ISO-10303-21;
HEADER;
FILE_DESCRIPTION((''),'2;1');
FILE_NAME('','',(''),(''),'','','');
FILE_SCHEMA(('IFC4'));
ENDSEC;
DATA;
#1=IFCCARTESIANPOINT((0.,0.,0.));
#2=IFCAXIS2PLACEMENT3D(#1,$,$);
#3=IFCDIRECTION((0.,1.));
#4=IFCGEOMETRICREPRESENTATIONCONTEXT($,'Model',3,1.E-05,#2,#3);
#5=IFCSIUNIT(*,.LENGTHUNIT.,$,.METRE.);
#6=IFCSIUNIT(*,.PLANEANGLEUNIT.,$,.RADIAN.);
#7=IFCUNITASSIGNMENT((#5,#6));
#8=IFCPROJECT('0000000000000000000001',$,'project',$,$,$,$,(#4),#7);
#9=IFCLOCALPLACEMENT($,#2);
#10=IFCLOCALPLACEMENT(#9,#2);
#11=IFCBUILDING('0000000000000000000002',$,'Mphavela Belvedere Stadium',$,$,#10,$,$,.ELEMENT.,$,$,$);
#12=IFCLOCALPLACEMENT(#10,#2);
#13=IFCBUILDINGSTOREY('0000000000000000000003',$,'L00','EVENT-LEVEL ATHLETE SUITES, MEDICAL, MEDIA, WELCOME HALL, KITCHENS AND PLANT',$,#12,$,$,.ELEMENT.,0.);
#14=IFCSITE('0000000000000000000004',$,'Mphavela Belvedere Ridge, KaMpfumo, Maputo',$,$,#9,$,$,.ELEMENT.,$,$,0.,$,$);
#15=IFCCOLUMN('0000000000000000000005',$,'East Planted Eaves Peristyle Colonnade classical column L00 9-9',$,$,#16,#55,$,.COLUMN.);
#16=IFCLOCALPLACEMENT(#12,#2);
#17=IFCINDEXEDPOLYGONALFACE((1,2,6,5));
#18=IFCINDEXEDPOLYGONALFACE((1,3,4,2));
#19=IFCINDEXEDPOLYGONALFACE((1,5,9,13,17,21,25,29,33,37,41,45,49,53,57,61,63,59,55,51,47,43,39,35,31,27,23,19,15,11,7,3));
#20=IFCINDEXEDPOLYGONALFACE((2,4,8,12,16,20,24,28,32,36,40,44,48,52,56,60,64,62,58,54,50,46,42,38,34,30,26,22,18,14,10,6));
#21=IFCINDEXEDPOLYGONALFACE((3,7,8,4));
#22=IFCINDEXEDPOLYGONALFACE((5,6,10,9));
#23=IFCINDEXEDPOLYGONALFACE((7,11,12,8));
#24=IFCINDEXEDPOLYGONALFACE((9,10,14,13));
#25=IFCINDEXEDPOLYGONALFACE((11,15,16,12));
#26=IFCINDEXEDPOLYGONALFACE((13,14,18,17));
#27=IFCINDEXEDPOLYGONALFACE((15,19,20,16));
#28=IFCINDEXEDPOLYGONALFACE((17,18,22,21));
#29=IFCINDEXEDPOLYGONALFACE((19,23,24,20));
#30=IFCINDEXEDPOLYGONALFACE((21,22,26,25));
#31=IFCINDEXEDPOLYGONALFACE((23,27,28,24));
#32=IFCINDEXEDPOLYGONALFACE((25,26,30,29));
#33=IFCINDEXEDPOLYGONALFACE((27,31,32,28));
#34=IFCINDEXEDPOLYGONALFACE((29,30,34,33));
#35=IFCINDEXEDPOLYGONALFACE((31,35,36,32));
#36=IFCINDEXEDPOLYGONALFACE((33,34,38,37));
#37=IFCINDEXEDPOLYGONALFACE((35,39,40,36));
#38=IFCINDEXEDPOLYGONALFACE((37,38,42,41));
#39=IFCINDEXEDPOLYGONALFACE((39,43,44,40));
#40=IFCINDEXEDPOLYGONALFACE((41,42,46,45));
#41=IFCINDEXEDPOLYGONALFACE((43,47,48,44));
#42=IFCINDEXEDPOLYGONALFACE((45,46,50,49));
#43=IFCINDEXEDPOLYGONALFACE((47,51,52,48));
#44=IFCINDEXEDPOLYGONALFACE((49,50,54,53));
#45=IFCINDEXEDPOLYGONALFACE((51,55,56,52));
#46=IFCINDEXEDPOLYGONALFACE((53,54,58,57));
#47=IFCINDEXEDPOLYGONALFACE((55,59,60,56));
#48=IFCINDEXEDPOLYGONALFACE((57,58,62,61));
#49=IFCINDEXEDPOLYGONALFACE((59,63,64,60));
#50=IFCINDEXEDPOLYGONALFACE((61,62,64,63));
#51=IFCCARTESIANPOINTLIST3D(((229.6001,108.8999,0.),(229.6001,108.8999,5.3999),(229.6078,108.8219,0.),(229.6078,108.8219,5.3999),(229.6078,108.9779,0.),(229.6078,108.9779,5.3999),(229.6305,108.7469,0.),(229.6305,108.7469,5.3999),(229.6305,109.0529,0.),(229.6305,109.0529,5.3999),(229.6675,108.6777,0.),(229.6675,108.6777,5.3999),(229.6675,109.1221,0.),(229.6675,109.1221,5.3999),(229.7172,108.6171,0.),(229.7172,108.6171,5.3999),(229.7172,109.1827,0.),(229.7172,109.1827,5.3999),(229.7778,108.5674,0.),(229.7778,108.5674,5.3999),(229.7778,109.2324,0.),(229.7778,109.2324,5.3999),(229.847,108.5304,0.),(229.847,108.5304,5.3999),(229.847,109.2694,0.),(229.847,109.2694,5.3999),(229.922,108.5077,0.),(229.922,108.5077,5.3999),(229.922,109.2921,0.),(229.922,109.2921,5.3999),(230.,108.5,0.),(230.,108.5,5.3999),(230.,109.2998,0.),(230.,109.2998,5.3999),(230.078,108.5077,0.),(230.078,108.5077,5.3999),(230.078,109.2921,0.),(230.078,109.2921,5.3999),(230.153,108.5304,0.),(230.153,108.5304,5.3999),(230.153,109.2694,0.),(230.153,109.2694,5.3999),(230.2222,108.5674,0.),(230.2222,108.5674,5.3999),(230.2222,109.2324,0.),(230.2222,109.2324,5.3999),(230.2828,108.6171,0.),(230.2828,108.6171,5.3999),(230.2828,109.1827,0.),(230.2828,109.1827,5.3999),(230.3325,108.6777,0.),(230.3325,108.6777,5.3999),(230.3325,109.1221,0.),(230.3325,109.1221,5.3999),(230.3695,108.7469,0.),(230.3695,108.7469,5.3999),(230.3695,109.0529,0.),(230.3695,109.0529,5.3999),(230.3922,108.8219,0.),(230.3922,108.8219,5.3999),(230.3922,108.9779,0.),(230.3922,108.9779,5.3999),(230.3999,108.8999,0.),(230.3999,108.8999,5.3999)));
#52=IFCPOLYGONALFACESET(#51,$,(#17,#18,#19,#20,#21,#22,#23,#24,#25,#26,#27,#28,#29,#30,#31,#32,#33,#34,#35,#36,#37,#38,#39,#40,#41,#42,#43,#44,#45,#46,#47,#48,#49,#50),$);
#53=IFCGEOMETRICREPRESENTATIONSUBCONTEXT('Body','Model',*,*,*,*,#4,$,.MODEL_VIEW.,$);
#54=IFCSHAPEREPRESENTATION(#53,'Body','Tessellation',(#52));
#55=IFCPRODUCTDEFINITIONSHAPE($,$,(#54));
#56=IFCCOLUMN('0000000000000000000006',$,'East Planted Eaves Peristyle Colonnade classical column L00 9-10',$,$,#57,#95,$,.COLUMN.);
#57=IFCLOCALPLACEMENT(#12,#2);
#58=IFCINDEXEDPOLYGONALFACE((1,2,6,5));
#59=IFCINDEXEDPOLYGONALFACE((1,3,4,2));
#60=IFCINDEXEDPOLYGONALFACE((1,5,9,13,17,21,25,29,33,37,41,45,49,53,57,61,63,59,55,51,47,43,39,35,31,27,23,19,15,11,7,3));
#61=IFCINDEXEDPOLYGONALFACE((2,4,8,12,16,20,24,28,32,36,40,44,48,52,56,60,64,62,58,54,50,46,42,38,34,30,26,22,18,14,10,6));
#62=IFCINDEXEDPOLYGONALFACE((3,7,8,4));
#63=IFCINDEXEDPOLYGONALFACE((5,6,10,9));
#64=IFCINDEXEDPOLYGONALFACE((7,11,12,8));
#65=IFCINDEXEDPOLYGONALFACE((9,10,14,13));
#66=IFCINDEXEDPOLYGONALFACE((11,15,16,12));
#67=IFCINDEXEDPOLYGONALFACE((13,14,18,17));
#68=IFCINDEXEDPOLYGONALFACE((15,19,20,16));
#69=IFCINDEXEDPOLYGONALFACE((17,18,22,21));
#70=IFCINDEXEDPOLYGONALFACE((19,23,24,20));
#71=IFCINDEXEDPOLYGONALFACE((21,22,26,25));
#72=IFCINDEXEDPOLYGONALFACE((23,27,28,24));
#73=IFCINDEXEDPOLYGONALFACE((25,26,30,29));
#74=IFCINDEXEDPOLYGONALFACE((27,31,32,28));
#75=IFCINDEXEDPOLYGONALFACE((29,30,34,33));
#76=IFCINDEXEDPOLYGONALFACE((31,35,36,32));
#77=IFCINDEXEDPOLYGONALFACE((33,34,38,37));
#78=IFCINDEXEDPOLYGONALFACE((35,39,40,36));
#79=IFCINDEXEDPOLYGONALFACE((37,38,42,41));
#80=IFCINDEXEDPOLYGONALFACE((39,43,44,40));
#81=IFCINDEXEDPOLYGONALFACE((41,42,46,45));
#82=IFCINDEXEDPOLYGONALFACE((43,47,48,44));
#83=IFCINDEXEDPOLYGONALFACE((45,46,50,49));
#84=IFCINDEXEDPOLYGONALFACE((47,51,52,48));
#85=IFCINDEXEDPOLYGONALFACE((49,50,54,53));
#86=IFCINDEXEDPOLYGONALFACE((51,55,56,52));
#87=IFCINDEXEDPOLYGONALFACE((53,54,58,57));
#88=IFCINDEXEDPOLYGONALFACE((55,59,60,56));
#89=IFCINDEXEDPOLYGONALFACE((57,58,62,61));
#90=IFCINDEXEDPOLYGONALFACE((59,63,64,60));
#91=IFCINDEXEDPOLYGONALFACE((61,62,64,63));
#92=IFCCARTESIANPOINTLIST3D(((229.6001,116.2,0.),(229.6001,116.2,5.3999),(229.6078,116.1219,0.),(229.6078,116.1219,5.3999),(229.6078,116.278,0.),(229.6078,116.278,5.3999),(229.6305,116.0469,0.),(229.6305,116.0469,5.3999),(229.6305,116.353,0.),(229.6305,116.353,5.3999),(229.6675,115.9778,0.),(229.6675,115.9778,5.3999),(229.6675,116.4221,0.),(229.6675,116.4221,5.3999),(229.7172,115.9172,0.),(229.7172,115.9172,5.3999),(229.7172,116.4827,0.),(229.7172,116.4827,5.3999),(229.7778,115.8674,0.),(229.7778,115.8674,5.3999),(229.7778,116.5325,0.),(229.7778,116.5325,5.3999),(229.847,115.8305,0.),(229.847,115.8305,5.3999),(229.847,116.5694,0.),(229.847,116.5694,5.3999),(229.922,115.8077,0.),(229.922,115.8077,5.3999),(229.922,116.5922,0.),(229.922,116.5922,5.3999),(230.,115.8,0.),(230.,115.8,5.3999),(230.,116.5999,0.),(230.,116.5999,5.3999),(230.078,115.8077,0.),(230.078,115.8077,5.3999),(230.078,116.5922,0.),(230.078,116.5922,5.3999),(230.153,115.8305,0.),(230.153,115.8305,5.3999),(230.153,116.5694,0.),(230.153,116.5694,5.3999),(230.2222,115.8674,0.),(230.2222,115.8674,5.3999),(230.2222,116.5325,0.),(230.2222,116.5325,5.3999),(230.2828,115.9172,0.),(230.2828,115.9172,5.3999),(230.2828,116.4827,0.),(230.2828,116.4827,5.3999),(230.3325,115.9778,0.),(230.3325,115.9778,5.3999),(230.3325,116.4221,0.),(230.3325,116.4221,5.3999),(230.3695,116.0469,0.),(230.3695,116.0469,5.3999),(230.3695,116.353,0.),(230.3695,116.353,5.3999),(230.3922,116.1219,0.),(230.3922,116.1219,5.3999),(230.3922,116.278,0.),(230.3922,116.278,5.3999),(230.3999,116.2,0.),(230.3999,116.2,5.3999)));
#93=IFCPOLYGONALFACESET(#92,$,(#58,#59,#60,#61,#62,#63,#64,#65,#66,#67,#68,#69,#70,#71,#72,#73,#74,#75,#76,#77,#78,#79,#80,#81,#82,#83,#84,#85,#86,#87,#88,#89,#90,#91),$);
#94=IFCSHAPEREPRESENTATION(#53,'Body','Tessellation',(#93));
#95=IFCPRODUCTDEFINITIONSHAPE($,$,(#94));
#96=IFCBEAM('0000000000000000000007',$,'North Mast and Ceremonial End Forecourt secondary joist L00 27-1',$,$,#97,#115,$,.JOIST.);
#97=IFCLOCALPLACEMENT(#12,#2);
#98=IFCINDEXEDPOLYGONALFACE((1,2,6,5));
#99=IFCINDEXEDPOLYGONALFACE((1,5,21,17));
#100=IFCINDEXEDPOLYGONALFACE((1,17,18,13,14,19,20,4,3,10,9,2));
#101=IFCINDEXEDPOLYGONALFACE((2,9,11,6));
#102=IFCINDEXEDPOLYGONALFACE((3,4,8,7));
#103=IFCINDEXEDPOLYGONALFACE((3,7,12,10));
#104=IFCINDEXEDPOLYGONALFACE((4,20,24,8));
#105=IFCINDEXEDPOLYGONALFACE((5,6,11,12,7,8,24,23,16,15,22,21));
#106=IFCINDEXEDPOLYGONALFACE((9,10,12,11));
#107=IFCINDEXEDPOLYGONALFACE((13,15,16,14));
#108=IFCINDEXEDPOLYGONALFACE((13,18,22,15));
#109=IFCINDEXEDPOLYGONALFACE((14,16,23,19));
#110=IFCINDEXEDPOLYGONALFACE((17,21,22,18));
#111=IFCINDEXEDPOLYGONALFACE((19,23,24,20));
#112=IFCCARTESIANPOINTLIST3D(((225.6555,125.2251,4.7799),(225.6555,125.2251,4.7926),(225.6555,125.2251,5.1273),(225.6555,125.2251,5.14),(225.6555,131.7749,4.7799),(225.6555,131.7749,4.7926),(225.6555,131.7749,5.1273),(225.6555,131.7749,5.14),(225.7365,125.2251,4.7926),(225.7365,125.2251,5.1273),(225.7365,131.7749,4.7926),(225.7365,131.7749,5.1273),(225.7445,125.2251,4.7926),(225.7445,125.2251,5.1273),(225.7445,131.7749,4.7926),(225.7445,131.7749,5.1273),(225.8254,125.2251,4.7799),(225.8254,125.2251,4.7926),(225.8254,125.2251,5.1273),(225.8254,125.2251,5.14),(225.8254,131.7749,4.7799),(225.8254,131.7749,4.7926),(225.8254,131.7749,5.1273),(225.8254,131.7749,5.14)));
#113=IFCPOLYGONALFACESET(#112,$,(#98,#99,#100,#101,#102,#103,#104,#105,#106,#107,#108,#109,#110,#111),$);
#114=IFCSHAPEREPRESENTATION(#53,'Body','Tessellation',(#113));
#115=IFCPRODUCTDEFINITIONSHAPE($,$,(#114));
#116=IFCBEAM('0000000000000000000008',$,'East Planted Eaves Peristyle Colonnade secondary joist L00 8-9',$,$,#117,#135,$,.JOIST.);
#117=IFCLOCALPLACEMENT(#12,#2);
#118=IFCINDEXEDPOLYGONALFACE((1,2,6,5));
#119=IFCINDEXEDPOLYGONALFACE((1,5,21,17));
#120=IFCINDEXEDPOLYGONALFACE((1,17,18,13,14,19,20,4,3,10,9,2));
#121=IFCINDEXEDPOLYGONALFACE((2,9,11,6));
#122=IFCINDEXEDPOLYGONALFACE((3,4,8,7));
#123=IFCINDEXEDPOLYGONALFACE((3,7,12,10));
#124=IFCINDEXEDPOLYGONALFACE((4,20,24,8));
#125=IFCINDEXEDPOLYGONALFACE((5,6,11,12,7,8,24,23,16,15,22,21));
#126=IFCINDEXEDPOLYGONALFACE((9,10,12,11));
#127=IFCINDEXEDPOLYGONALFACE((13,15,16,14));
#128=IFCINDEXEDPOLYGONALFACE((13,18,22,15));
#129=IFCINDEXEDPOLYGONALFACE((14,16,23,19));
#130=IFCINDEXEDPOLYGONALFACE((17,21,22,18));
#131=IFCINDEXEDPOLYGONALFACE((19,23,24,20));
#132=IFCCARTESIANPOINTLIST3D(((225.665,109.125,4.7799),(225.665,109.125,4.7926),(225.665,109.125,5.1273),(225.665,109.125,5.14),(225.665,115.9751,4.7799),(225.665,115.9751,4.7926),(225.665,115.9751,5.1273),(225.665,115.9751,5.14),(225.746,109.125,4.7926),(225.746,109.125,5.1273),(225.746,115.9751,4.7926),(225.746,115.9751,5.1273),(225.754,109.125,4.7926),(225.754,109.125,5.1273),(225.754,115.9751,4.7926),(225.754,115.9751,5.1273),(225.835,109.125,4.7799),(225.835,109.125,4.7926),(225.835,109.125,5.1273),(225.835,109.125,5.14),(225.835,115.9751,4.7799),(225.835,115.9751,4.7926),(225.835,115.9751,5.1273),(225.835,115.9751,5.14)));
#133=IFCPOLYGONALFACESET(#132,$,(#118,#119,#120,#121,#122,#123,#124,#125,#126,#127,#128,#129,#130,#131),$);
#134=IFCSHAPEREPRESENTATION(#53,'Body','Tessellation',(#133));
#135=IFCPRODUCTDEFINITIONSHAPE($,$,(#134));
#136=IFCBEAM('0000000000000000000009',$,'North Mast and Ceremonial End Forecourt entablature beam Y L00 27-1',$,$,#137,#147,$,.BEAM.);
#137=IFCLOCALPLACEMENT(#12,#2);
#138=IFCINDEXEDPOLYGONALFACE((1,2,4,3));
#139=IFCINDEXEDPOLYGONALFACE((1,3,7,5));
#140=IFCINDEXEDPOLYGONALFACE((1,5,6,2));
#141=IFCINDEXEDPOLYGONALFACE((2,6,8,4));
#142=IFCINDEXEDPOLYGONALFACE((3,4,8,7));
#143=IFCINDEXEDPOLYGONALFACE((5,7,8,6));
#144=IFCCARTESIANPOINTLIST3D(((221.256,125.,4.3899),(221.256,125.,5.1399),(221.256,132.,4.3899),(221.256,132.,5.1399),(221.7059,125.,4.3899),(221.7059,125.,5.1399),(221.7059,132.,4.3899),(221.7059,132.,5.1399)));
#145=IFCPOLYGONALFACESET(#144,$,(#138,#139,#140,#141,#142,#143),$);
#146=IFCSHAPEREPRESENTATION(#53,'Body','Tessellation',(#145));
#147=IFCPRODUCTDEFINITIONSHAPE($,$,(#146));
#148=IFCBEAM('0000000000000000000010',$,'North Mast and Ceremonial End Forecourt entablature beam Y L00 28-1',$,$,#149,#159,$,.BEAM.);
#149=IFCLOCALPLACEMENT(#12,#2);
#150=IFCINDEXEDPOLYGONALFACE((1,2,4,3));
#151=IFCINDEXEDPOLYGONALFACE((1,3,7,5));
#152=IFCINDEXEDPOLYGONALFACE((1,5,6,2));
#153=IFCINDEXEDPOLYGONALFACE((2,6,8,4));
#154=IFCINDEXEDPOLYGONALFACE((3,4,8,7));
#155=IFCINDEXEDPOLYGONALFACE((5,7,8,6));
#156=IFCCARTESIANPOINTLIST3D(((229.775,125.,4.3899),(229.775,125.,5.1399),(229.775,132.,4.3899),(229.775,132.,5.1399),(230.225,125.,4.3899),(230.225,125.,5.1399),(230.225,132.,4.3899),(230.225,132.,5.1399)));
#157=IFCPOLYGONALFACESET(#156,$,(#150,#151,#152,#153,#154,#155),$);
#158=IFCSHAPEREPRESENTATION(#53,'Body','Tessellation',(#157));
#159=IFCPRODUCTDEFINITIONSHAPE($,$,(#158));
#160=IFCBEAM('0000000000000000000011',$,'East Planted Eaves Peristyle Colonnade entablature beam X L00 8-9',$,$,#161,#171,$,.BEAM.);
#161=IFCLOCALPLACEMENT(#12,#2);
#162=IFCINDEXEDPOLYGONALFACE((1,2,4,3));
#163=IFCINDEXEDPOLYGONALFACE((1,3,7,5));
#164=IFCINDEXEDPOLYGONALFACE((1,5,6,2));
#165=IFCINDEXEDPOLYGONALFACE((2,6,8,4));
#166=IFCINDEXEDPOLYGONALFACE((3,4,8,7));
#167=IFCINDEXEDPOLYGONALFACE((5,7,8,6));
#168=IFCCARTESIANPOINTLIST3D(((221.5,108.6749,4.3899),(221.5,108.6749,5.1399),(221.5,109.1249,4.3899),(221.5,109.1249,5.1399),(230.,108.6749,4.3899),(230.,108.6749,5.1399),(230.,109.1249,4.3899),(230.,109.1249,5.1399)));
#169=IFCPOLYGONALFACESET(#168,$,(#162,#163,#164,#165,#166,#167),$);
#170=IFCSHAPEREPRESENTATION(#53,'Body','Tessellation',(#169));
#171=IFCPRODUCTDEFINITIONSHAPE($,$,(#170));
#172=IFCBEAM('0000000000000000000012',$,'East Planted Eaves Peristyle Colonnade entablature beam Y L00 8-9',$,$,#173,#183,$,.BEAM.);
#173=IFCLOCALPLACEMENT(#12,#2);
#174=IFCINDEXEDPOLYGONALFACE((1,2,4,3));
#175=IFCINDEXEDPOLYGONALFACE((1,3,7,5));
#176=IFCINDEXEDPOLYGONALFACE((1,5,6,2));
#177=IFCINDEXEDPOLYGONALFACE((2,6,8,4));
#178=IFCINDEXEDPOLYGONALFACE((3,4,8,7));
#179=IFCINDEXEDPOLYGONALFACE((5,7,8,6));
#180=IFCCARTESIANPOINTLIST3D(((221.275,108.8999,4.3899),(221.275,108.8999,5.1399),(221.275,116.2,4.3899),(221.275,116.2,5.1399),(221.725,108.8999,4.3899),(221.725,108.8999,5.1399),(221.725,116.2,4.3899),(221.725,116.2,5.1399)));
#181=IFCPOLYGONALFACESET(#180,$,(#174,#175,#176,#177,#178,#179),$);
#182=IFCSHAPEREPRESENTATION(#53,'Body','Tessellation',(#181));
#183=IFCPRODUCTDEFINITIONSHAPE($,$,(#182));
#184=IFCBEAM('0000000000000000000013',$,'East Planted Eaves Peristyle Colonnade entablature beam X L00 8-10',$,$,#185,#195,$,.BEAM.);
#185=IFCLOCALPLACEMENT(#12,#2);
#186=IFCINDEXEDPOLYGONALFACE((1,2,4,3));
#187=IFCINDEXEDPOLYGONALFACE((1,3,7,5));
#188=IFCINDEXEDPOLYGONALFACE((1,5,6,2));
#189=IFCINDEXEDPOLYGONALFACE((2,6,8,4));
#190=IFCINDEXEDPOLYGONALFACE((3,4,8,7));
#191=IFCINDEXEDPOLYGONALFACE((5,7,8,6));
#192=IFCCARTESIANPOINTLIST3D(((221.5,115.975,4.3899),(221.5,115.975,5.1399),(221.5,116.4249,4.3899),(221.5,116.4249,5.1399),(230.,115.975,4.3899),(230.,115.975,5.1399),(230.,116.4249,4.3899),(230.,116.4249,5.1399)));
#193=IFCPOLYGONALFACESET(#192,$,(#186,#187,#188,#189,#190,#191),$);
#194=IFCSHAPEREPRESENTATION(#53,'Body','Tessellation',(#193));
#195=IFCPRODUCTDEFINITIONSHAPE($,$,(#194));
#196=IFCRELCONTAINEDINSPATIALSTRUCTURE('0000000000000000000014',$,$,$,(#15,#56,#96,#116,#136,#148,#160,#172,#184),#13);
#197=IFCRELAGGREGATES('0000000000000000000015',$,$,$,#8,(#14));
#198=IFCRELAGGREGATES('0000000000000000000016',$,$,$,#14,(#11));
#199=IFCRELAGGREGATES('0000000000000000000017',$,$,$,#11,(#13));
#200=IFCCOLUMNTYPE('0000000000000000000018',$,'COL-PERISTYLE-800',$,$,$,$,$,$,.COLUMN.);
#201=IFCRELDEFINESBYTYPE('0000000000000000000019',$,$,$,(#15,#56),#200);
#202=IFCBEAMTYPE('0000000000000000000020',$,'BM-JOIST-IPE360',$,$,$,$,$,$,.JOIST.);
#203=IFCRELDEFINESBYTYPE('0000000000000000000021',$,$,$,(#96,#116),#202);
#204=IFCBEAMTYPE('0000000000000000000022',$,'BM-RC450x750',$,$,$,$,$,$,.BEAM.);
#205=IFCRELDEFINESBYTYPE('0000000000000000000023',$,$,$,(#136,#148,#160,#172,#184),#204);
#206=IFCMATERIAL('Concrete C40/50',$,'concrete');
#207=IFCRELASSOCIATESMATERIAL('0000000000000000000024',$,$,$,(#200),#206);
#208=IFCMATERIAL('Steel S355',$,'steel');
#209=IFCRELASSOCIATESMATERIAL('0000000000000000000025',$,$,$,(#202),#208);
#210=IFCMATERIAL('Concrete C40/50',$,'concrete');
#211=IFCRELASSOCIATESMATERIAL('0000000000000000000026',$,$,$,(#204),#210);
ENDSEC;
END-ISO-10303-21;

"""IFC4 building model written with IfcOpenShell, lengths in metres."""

from ifc_helpers import new_model, si_unit, direction, frame, origin, origin_2d, place, context, subcontext, project, spatial, rectangle, circle, i_section, extrude, material, material_profile, profile_set, type_object, element, save


model = new_model("IFC4")

# Units and contexts
model_context = context("Model", 3, precision=1e-05, world=origin(), true_north=direction((0.0, 1.0)))
body_context = subcontext(model_context, "Body", "Model", "MODEL_VIEW")
ifc_project = project(units=[si_unit("LENGTHUNIT", "METRE"), si_unit("PLANEANGLEUNIT", "RADIAN")], contexts=[model_context])

# Site, building, storey
site_placement = place(None, origin())
site = spatial("IfcSite", under=ifc_project, at=site_placement, Name="Mphavela Belvedere Ridge, KaMpfumo, Maputo", CompositionType="ELEMENT", RefElevation=0.0)
building_placement = place(site_placement, origin())
building = spatial("IfcBuilding", under=site, at=building_placement, Name="Mphavela Belvedere Stadium", CompositionType="ELEMENT")
storey_placement = place(building_placement, origin())
storey = spatial("IfcBuildingStorey", under=building, at=storey_placement, Name="L00", Description="EVENT-LEVEL ATHLETE SUITES, MEDICAL, MEDIA, WELCOME HALL, KITCHENS AND PLANT", CompositionType="ELEMENT", Elevation=0.0)

# Columns
ifc_material_1 = material(Name="Concrete C40/50", Category="concrete")
ifc_material_profile_1 = material_profile(ifc_material_1, circle(Radius=0.3999, at=origin_2d()), Name="COL D800")
ifc_profile_set_1 = profile_set([ifc_material_profile_1], Name="Concrete C40/50")
column_type_1 = type_object("IfcColumnType", Name="COL-PERISTYLE-800", PredefinedType="COLUMN", material=ifc_profile_set_1)
for number, where, z_axis, x_axis, name in (
    (1, (230.0, 108.8999, 0.0), (0.0, 0.0, 1.0), (1.0, 0.0, 0.0), "East Planted Eaves Peristyle Colonnade classical column L00 9-9"),
    (2, (230.0, 116.2, 0.0), (0.0, 0.0, 1.0), (1.0, 0.0, 0.0), "East Planted Eaves Peristyle Colonnade classical column L00 9-10"),
):
    element("IfcColumn", number, at=place(storey_placement, frame(where, z_axis=z_axis, x_axis=x_axis)), inside=storey, type_object=column_type_1, Name=name, PredefinedType="COLUMN", context=body_context, shape_type="SweptSolid", body=[
        extrude(circle(Radius=0.3999, at=origin_2d()), origin(), (0.0, 0.0, 1.0), 5.3999),
    ])

# Beams
ifc_material_2 = material(Name="Steel S355", Category="steel")
ifc_material_profile_2 = material_profile(ifc_material_2, i_section(OverallWidth=0.1699, OverallDepth=0.3601, WebThickness=0.0081, FlangeThickness=0.0127, at=origin_2d()), Name="IPE 360")
ifc_profile_set_2 = profile_set([ifc_material_profile_2], Name="Steel S355")
beam_type_1 = type_object("IfcBeamType", Name="BM-JOIST-IPE360", PredefinedType="JOIST", material=ifc_profile_set_2)
beam_1_placement = place(storey_placement, frame((225.7405, 125.2251, 4.96), z_axis=(0.0, 1.0, 0.0), x_axis=(-1.0, 0.0, 0.0)))
element("IfcBeam", 3, at=beam_1_placement, inside=storey, type_object=beam_type_1, Name="North Mast and Ceremonial End Forecourt secondary joist L00 27-1", PredefinedType="JOIST", context=body_context, shape_type="SweptSolid", body=[
    extrude(i_section(OverallWidth=0.1699, OverallDepth=0.3601, WebThickness=0.0081, FlangeThickness=0.0127, at=origin_2d()), origin(), (0.0, 0.0, 1.0), 6.5498),
])
beam_2_placement = place(storey_placement, frame((225.75, 109.125, 4.96), z_axis=(0.0, 1.0, 0.0), x_axis=(-1.0, 0.0, 0.0)))
element("IfcBeam", 4, at=beam_2_placement, inside=storey, type_object=beam_type_1, Name="East Planted Eaves Peristyle Colonnade secondary joist L00 8-9", PredefinedType="JOIST", context=body_context, shape_type="SweptSolid", body=[
    extrude(i_section(OverallWidth=0.1699, OverallDepth=0.3601, WebThickness=0.0081, FlangeThickness=0.0127, at=origin_2d()), origin(), (0.0, 0.0, 1.0), 6.8501),
])
ifc_material_3 = material(Name="Concrete C40/50", Category="concrete")
ifc_material_profile_3 = material_profile(ifc_material_3, rectangle(XDim=0.45, YDim=0.75, at=origin_2d()), Name="RC 450x750")
ifc_profile_set_3 = profile_set([ifc_material_profile_3], Name="Concrete C40/50")
beam_type_2 = type_object("IfcBeamType", Name="BM-RC450x750", PredefinedType="BEAM", material=ifc_profile_set_3)
for number, where, z_axis, x_axis, name in (
    (5, (221.481, 125.0, 4.7649), (0.0, 1.0, 0.0), (-1.0, 0.0, 0.0), "North Mast and Ceremonial End Forecourt entablature beam Y L00 27-1"),
    (6, (230.0, 125.0, 4.7649), (0.0, 1.0, 0.0), (-1.0, 0.0, 0.0), "North Mast and Ceremonial End Forecourt entablature beam Y L00 28-1"),
):
    element("IfcBeam", number, at=place(storey_placement, frame(where, z_axis=z_axis, x_axis=x_axis)), inside=storey, type_object=beam_type_2, Name=name, PredefinedType="BEAM", context=body_context, shape_type="SweptSolid", body=[
        extrude(rectangle(XDim=0.45, YDim=0.75, at=origin_2d()), origin(), (0.0, 0.0, 1.0), 7.0),
    ])
beam_3_placement = place(storey_placement, frame((221.5, 108.8999, 4.7649), z_axis=(1.0, 0.0, 0.0), x_axis=(0.0, 1.0, 0.0)))
element("IfcBeam", 7, at=beam_3_placement, inside=storey, type_object=beam_type_2, Name="East Planted Eaves Peristyle Colonnade entablature beam X L00 8-9", PredefinedType="BEAM", context=body_context, shape_type="SweptSolid", body=[
    extrude(rectangle(XDim=0.45, YDim=0.75, at=origin_2d()), origin(), (0.0, 0.0, 1.0), 8.5),
])
beam_4_placement = place(storey_placement, frame((221.5, 108.8999, 4.7649), z_axis=(0.0, 1.0, 0.0), x_axis=(-1.0, 0.0, 0.0)))
element("IfcBeam", 8, at=beam_4_placement, inside=storey, type_object=beam_type_2, Name="East Planted Eaves Peristyle Colonnade entablature beam Y L00 8-9", PredefinedType="BEAM", context=body_context, shape_type="SweptSolid", body=[
    extrude(rectangle(XDim=0.45, YDim=0.75, at=origin_2d()), origin(), (0.0, 0.0, 1.0), 7.3),
])
beam_5_placement = place(storey_placement, frame((221.5, 116.2, 4.7649), z_axis=(1.0, 0.0, 0.0), x_axis=(0.0, 1.0, 0.0)))
element("IfcBeam", 9, at=beam_5_placement, inside=storey, type_object=beam_type_2, Name="East Planted Eaves Peristyle Colonnade entablature beam X L00 8-10", PredefinedType="BEAM", context=body_context, shape_type="SweptSolid", body=[
    extrude(rectangle(XDim=0.45, YDim=0.75, at=origin_2d()), origin(), (0.0, 0.0, 1.0), 8.5),
])

save(model, "model.ifc")
